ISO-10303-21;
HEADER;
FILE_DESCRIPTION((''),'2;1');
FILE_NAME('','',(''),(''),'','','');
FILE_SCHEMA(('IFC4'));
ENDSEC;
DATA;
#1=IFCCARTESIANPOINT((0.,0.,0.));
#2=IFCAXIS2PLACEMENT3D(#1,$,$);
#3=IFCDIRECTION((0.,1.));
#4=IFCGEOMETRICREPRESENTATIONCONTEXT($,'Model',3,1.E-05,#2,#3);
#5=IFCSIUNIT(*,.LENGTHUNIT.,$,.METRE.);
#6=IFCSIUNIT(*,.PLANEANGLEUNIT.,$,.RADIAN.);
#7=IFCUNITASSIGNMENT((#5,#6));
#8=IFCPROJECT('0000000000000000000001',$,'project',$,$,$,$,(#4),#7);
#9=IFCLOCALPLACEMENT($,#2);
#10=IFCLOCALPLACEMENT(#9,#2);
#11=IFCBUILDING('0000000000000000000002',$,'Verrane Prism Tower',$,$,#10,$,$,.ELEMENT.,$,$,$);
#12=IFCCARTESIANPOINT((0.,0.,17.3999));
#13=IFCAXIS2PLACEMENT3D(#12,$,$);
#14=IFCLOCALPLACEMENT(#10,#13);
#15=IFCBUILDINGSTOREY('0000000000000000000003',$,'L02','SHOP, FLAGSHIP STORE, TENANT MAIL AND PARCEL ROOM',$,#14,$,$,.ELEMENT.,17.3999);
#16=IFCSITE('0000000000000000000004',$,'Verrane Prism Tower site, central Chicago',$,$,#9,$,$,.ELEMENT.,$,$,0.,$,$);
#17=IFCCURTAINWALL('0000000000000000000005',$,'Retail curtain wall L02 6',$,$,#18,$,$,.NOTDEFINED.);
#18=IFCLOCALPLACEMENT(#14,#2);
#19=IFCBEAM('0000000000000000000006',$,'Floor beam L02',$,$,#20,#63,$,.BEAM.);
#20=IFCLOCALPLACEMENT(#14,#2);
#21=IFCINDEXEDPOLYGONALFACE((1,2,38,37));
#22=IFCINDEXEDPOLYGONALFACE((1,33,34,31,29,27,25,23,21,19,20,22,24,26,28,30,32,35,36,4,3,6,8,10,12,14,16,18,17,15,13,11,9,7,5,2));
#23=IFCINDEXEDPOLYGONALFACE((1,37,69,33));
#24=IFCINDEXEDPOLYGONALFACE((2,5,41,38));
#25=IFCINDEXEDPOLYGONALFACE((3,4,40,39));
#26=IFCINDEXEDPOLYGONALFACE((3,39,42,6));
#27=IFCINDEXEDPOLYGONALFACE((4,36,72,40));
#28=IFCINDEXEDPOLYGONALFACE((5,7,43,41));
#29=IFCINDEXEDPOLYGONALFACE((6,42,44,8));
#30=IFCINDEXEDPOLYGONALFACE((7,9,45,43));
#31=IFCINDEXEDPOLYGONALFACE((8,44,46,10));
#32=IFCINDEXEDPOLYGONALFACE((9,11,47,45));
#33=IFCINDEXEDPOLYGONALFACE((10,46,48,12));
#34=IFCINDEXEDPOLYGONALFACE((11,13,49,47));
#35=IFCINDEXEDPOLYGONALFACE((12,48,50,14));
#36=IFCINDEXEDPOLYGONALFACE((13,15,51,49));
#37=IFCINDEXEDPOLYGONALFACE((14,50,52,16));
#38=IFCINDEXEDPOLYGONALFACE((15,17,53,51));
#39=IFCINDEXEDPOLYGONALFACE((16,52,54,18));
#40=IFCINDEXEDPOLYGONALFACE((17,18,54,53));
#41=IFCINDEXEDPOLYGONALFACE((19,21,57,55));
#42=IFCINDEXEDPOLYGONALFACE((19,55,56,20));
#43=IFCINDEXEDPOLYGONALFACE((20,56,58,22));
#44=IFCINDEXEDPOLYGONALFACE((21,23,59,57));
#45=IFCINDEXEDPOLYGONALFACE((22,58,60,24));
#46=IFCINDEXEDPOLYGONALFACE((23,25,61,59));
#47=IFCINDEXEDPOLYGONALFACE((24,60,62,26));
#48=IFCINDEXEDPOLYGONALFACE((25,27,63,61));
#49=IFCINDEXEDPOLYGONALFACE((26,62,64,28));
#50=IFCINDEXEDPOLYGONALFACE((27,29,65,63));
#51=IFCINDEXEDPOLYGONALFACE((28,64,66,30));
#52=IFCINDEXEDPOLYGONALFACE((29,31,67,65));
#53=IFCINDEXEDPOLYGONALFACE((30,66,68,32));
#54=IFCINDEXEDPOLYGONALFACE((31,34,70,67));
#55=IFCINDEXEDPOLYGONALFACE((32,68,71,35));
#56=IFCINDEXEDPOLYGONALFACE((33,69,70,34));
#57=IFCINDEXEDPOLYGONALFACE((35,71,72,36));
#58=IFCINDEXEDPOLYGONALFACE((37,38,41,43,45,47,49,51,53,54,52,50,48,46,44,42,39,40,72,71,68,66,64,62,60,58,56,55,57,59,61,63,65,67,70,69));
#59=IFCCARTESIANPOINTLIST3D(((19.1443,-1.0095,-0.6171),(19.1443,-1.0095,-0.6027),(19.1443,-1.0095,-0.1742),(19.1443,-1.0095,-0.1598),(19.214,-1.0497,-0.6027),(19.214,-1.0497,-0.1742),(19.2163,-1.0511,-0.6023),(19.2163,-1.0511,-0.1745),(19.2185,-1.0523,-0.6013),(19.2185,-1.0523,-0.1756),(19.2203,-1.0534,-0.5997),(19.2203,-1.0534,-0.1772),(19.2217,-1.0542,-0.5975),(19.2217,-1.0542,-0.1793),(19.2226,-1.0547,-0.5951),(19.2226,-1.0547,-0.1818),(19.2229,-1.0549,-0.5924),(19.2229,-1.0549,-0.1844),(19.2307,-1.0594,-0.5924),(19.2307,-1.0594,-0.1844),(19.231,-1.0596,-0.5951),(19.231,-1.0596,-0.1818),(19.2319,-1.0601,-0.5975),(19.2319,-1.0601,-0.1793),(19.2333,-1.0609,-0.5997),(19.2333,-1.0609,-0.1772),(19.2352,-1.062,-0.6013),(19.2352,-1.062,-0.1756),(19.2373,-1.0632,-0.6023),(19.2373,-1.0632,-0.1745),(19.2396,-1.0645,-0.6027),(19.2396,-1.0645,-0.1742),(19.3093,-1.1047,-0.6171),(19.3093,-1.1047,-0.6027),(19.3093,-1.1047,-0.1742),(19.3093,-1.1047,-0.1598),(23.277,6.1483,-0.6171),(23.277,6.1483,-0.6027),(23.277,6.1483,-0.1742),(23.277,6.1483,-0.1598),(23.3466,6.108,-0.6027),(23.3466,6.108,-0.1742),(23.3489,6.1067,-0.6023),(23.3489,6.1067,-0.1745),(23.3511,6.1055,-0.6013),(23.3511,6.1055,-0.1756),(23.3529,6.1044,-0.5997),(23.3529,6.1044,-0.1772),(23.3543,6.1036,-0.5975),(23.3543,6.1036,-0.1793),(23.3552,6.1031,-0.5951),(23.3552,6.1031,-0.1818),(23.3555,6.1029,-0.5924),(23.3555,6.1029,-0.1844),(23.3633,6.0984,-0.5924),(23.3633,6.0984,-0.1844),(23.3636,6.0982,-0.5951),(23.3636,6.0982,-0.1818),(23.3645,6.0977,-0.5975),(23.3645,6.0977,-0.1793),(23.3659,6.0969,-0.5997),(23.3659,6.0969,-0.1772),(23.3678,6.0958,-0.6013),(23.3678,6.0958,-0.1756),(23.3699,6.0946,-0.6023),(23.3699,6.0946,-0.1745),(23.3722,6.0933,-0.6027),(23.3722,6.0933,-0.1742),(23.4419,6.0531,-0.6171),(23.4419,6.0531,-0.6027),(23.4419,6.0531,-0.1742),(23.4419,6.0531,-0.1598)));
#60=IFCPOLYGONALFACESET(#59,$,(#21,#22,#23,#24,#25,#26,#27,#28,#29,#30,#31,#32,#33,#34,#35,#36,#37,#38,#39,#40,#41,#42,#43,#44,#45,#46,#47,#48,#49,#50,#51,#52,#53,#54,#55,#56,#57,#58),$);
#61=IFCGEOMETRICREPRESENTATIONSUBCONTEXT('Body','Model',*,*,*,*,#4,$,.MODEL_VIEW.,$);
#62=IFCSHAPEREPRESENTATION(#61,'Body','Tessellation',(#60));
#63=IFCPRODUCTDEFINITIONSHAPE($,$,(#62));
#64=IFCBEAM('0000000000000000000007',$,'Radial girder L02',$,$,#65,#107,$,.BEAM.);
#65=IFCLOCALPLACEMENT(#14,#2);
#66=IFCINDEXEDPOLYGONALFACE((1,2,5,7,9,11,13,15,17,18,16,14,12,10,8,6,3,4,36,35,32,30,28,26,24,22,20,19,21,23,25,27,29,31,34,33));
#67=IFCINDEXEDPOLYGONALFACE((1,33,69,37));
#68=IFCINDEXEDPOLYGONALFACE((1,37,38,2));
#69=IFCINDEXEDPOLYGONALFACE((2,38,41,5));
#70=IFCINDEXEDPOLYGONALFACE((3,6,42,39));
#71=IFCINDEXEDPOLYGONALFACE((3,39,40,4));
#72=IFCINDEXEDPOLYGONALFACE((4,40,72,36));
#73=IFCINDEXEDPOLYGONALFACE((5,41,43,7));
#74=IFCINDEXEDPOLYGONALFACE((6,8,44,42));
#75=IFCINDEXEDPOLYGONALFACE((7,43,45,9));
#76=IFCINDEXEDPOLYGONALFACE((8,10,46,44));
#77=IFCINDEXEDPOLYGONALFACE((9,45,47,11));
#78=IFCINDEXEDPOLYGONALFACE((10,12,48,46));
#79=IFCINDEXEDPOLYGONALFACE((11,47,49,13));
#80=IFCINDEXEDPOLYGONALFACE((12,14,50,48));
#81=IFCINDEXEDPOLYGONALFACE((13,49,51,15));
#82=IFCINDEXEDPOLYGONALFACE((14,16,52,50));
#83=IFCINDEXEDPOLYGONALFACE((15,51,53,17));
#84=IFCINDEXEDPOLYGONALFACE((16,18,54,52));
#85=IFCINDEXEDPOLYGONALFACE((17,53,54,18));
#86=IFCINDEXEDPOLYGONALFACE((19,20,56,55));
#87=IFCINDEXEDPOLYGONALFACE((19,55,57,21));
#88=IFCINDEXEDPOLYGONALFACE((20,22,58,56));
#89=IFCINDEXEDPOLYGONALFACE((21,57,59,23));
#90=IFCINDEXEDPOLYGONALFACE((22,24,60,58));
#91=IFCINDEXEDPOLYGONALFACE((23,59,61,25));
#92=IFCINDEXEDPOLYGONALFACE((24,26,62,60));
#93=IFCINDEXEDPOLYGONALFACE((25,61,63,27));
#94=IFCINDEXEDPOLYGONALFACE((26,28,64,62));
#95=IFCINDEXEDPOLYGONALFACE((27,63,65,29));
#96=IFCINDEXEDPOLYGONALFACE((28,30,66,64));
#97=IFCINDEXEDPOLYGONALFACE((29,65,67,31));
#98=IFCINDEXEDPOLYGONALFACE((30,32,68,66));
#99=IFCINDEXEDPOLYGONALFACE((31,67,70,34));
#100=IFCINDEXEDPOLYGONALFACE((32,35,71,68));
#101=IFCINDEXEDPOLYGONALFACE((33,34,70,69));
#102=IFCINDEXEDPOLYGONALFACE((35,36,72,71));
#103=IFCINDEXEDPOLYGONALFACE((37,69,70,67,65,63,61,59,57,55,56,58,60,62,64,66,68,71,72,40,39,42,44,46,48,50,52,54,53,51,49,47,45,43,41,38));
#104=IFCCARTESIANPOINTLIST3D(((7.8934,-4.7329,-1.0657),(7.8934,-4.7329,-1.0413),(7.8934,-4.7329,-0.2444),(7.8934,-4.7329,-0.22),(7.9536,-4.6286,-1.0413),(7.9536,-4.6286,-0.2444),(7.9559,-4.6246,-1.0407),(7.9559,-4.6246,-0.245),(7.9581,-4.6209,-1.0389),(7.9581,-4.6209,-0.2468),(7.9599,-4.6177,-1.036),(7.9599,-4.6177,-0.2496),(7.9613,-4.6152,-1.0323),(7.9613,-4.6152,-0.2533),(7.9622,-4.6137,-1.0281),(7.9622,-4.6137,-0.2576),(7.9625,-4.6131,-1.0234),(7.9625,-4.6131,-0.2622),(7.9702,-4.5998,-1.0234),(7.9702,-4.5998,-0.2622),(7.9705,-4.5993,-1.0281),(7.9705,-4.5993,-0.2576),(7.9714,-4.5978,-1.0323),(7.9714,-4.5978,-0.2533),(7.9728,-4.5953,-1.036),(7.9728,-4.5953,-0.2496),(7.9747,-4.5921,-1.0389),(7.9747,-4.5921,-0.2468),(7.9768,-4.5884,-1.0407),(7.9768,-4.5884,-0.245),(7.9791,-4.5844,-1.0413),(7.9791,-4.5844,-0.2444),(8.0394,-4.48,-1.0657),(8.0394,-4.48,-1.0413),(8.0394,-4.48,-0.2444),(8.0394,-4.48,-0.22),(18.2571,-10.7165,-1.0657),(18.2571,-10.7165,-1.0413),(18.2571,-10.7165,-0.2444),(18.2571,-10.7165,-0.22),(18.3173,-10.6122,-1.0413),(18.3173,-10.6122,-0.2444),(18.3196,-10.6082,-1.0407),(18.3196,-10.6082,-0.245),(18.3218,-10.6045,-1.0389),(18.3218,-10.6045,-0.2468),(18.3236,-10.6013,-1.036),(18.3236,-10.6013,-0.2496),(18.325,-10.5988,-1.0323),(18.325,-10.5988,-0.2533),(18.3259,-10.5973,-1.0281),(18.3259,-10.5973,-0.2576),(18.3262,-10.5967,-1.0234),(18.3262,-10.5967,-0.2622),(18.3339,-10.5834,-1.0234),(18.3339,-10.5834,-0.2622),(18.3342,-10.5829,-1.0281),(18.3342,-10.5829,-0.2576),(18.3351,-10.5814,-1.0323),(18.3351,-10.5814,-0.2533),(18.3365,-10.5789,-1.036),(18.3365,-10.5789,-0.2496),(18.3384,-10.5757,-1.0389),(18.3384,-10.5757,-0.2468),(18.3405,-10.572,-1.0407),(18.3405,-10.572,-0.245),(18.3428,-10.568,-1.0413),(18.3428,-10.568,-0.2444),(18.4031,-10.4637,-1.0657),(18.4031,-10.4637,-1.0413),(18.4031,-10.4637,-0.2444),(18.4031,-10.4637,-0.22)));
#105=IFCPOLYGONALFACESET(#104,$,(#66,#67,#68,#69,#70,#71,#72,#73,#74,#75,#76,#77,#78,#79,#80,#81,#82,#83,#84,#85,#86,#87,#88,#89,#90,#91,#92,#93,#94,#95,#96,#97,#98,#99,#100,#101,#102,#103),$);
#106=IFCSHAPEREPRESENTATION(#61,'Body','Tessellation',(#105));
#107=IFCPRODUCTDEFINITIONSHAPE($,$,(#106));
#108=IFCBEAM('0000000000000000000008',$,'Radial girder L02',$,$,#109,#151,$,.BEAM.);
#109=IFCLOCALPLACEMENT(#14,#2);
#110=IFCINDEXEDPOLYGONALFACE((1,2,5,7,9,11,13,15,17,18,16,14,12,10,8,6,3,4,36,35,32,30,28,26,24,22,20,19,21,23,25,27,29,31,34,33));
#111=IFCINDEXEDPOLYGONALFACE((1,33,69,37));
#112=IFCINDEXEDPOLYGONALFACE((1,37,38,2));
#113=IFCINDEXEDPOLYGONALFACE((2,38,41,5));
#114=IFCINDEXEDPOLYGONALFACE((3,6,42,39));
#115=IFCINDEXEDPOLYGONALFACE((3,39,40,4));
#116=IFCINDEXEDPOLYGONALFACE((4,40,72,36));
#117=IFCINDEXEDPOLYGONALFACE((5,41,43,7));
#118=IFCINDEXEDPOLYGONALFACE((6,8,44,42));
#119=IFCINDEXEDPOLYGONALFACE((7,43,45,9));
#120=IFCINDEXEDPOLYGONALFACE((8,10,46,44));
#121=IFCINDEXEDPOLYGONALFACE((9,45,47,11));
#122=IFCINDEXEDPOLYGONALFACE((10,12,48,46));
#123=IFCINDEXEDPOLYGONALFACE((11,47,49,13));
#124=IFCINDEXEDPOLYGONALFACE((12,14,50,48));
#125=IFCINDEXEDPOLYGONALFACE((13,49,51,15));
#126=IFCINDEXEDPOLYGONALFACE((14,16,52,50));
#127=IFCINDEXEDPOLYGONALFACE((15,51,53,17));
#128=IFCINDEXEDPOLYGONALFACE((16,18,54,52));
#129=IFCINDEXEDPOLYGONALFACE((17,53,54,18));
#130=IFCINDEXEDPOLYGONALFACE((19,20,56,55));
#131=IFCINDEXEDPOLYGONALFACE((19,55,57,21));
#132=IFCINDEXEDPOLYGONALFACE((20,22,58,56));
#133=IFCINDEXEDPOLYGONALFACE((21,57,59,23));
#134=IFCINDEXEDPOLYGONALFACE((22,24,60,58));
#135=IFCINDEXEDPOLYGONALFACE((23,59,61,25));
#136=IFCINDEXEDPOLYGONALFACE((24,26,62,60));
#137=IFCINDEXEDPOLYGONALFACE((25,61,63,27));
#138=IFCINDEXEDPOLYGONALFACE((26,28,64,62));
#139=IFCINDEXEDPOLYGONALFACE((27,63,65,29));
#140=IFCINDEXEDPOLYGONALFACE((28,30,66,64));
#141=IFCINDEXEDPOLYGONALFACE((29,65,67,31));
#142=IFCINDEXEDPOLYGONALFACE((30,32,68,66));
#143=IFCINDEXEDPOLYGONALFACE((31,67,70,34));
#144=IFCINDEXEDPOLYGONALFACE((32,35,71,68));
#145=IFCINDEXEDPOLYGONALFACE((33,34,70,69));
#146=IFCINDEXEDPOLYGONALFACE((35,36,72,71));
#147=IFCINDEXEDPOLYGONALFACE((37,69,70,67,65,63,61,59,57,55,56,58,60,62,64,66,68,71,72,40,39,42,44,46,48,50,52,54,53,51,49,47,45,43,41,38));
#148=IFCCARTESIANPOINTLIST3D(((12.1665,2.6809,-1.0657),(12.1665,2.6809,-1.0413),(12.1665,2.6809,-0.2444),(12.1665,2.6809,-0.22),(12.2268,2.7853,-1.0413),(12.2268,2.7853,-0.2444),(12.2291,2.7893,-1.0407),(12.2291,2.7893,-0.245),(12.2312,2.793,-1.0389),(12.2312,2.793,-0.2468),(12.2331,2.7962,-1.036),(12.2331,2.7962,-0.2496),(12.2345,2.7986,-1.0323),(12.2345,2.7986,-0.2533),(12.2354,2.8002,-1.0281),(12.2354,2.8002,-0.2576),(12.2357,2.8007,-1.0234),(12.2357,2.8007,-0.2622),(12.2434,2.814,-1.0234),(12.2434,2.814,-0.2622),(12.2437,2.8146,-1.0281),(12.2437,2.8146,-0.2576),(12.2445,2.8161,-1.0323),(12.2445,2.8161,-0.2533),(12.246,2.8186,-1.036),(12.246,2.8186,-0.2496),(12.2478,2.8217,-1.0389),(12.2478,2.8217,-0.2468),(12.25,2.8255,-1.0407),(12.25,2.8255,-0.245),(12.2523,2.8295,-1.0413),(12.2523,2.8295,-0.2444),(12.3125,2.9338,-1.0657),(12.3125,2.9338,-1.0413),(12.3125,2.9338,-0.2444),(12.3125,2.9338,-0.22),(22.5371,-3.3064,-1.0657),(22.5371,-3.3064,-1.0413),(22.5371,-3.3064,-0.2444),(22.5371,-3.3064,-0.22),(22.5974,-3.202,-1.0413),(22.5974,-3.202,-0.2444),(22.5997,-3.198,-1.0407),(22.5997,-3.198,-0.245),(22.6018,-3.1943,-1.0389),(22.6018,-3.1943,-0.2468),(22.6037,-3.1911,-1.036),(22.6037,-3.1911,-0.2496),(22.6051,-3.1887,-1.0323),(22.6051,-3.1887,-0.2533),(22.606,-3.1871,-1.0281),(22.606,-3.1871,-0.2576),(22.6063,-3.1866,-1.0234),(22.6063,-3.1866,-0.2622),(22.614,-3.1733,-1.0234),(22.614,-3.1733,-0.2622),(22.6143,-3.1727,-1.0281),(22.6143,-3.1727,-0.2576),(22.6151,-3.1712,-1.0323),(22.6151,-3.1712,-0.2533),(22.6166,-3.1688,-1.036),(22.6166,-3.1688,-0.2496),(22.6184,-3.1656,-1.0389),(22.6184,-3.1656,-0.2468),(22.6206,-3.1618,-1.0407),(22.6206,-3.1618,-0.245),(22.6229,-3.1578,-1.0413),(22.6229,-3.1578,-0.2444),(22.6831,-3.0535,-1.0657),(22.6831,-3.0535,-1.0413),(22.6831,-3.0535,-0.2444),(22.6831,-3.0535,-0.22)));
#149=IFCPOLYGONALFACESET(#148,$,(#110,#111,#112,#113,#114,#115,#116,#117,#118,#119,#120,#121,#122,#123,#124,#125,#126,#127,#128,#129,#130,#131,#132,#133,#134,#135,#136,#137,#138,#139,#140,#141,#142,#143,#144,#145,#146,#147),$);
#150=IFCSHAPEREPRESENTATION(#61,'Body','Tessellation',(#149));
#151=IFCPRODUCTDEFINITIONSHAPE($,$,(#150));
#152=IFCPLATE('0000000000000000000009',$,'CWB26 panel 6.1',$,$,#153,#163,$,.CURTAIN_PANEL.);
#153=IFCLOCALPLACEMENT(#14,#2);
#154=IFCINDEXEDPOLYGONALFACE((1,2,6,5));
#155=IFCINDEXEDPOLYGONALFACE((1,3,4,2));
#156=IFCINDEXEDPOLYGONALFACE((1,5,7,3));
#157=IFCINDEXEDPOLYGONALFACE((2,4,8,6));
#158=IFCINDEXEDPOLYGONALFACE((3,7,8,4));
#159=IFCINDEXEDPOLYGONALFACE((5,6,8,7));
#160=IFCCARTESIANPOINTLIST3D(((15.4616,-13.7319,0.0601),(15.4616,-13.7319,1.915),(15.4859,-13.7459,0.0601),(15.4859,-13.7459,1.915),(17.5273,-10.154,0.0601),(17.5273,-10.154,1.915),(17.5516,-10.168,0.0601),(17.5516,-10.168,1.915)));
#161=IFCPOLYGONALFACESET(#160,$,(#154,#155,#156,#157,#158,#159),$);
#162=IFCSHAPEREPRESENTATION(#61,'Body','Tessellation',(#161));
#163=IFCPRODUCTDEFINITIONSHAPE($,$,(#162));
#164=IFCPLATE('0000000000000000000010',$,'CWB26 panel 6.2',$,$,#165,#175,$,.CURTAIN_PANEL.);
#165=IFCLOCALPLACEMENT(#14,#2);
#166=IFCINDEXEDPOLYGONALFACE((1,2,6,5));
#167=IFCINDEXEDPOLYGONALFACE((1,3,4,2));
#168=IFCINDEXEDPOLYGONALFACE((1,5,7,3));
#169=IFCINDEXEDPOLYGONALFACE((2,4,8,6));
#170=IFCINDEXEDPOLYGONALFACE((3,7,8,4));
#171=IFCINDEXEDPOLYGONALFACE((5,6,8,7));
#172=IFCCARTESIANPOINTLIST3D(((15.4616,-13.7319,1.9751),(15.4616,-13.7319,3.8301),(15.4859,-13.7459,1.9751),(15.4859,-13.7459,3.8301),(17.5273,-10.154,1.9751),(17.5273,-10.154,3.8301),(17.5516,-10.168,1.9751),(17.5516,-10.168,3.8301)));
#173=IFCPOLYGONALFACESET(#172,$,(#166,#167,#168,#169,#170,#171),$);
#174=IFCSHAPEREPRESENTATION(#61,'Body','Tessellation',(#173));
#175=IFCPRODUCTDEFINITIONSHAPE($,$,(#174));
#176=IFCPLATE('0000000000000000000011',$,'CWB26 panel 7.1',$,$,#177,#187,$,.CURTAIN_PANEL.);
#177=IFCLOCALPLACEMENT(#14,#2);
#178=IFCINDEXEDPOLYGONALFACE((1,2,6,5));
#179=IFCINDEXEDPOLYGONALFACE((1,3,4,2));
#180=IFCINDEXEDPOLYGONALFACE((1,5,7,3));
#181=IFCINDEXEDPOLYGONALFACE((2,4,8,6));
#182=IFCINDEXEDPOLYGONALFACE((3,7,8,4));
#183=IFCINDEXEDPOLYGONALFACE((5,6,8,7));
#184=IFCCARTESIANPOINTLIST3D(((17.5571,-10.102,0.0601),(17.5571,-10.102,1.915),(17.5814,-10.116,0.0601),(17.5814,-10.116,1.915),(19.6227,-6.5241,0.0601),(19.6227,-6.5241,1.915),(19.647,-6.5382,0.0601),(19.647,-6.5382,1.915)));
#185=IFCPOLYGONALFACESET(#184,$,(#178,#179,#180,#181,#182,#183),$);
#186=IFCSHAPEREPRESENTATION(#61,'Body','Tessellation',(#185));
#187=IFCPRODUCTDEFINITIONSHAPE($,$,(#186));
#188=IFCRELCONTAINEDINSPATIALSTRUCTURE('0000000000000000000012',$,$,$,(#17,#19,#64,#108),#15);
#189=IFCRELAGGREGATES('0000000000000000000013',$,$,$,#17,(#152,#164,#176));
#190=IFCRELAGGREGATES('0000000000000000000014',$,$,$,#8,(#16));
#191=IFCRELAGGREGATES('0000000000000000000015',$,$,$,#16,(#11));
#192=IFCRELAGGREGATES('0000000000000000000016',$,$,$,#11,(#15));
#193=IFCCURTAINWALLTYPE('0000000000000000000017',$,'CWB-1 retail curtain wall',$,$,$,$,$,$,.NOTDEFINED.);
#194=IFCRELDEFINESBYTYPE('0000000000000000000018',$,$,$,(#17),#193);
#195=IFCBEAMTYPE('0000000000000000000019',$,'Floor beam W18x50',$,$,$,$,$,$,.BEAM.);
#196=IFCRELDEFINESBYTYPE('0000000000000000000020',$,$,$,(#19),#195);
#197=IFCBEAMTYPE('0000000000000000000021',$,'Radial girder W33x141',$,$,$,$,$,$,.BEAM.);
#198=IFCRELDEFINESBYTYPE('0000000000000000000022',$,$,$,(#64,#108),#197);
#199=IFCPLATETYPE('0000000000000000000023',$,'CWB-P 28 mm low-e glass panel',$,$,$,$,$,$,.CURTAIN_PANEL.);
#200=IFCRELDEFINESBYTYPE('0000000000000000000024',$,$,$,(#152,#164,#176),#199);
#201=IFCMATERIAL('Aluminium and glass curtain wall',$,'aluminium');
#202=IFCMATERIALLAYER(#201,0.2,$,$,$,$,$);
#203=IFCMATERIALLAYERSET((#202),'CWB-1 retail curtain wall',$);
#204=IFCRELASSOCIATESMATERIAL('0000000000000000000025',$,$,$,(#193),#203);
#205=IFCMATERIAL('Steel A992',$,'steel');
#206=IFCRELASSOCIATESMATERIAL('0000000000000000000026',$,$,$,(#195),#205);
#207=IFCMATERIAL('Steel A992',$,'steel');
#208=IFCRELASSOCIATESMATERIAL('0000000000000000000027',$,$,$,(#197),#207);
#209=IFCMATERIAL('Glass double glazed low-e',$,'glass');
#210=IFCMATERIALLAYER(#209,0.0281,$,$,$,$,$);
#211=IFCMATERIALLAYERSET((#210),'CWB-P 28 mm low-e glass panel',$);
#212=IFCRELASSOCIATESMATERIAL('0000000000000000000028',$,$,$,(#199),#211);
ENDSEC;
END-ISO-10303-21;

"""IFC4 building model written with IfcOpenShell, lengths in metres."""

from ifc_helpers import new_model, si_unit, direction, frame, origin, origin_2d, place, context, subcontext, project, spatial, rectangle, i_section, extrude, material, layer, layer_set, material_profile, profile_set, type_object, element, aggregate, save


model = new_model("IFC4")

# Units and contexts
model_context = context("Model", 3, precision=1e-05, world=origin(), true_north=direction((0.0, 1.0)))
body_context = subcontext(model_context, "Body", "Model", "MODEL_VIEW")
ifc_project = project(units=[si_unit("LENGTHUNIT", "METRE"), si_unit("PLANEANGLEUNIT", "RADIAN")], contexts=[model_context])

# Site, building, storey
site_placement = place(None, origin())
site = spatial("IfcSite", under=ifc_project, at=site_placement, Name="Verrane Prism Tower site, central Chicago", CompositionType="ELEMENT", RefElevation=0.0)
building_placement = place(site_placement, origin())
building = spatial("IfcBuilding", under=site, at=building_placement, Name="Verrane Prism Tower", CompositionType="ELEMENT")
storey_placement = place(building_placement, frame((0.0, 0.0, 17.3999)))
storey = spatial("IfcBuildingStorey", under=building, at=storey_placement, Name="L02", Description="SHOP, FLAGSHIP STORE, TENANT MAIL AND PARCEL ROOM", CompositionType="ELEMENT", Elevation=17.3999)

# Curtain wall
ifc_material_1 = material(Name="Aluminium and glass curtain wall", Category="aluminium")
ifc_layer_1 = layer(ifc_material_1, 0.2)
ifc_layer_set_1 = layer_set([ifc_layer_1], Name="CWB-1 retail curtain wall")
curtain_wall_type = type_object("IfcCurtainWallType", Name="CWB-1 retail curtain wall", PredefinedType="NOTDEFINED", material=ifc_layer_set_1)
curtain_wall_placement = place(storey_placement, origin())
curtain_wall = element("IfcCurtainWall", 1, at=curtain_wall_placement, inside=storey, type_object=curtain_wall_type, Name="Retail curtain wall L02 6", PredefinedType="NOTDEFINED")

# Beams
ifc_material_2 = material(Name="Steel A992", Category="steel")
ifc_material_profile_1 = material_profile(ifc_material_2, i_section(OverallWidth=0.1904, OverallDepth=0.4573, WebThickness=0.009, FlangeThickness=0.0144, FilletRadius=0.0103, at=origin_2d()), Name="W18x50")
ifc_profile_set_1 = profile_set([ifc_material_profile_1], Name="Steel A992")
beam_type_1 = type_object("IfcBeamType", Name="Floor beam W18x50", PredefinedType="BEAM", material=ifc_profile_set_1)
beam_1_placement = place(storey_placement, frame((19.2268, -1.0571, -0.3884), z_axis=(0.500005, 0.866022, 0.0), x_axis=(-0.866022, 0.500005, 0.0)))
element("IfcBeam", 2, at=beam_1_placement, inside=storey, type_object=beam_type_1, Name="Floor beam L02", PredefinedType="BEAM", context=body_context, shape_type="SweptSolid", body=[
    extrude(i_section(OverallWidth=0.1904, OverallDepth=0.4573, WebThickness=0.009, FlangeThickness=0.0144, FilletRadius=0.0103, at=origin_2d()), origin(), (0.0, 0.0, 1.0), 8.2651),
])
ifc_material_3 = material(Name="Steel A992", Category="steel")
ifc_material_profile_2 = material_profile(ifc_material_3, i_section(OverallWidth=0.292, OverallDepth=0.8457, WebThickness=0.0154, FlangeThickness=0.0244, FilletRadius=0.0178, at=origin_2d()), Name="W33x141")
ifc_profile_set_2 = profile_set([ifc_material_profile_2], Name="Steel A992")
beam_type_2 = type_object("IfcBeamType", Name="Radial girder W33x141", PredefinedType="BEAM", material=ifc_profile_set_2)
beam_2_placement = place(storey_placement, frame((18.3301, -10.5901, -0.6428), z_axis=(-0.866021, 0.500007, 0.0), x_axis=(-0.500007, -0.866021, 0.0)))
element("IfcBeam", 3, at=beam_2_placement, inside=storey, type_object=beam_type_2, Name="Radial girder L02", PredefinedType="BEAM", context=body_context, shape_type="SweptSolid", body=[
    extrude(i_section(OverallWidth=0.292, OverallDepth=0.8457, WebThickness=0.0154, FlangeThickness=0.0244, FilletRadius=0.0178, at=origin_2d()), origin(), (0.0, 0.0, 1.0), 11.967),
])
beam_3_placement = place(storey_placement, frame((22.6101, -3.1799, -0.6428), z_axis=(-0.866031, 0.49999, 0.0), x_axis=(-0.49999, -0.866031, 0.0)))
element("IfcBeam", 4, at=beam_3_placement, inside=storey, type_object=beam_type_2, Name="Radial girder L02", PredefinedType="BEAM", context=body_context, shape_type="SweptSolid", body=[
    extrude(i_section(OverallWidth=0.292, OverallDepth=0.8457, WebThickness=0.0154, FlangeThickness=0.0244, FilletRadius=0.0178, at=origin_2d()), origin(), (0.0, 0.0, 1.0), 11.9749),
])

# Plates
ifc_material_4 = material(Name="Glass double glazed low-e", Category="glass")
ifc_layer_2 = layer(ifc_material_4, 0.0281)
ifc_layer_set_2 = layer_set([ifc_layer_2], Name="CWB-P 28 mm low-e glass panel")
plate_type = type_object("IfcPlateType", Name="CWB-P 28 mm low-e glass panel", PredefinedType="CURTAIN_PANEL", material=ifc_layer_set_2)
plate_1_placement = place(storey_placement, frame((16.5066, -11.95, 0.0601), z_axis=(0.0, 0.0, 1.0), x_axis=(0.5, 0.866025, 0.0)))
plate_1 = element("IfcPlate", 5, at=plate_1_placement, type_object=plate_type, Name="CWB26 panel 6.1", PredefinedType="CURTAIN_PANEL", context=body_context, shape_type="SweptSolid", body=[
    extrude(rectangle(XDim=4.1313, YDim=0.0281, at=origin_2d()), origin(), (0.0, 0.0, 1.0), 1.855),
])
plate_2_placement = place(storey_placement, frame((16.5066, -11.95, 1.9751), z_axis=(0.0, 0.0, 1.0), x_axis=(0.5, 0.866025, 0.0)))
plate_2 = element("IfcPlate", 6, at=plate_2_placement, type_object=plate_type, Name="CWB26 panel 6.2", PredefinedType="CURTAIN_PANEL", context=body_context, shape_type="SweptSolid", body=[
    extrude(rectangle(XDim=4.1313, YDim=0.0281, at=origin_2d()), origin(), (0.0, 0.0, 1.0), 1.855),
])
plate_3_placement = place(storey_placement, frame((18.6021, -8.3201, 0.0601), z_axis=(0.0, 0.0, 1.0), x_axis=(0.5, 0.866025, 0.0)))
plate_3 = element("IfcPlate", 7, at=plate_3_placement, type_object=plate_type, Name="CWB26 panel 7.1", PredefinedType="CURTAIN_PANEL", context=body_context, shape_type="SweptSolid", body=[
    extrude(rectangle(XDim=4.1313, YDim=0.0281, at=origin_2d()), origin(), (0.0, 0.0, 1.0), 1.855),
])
aggregate(curtain_wall, [plate_1, plate_2, plate_3])

save(model, "model.ifc")
